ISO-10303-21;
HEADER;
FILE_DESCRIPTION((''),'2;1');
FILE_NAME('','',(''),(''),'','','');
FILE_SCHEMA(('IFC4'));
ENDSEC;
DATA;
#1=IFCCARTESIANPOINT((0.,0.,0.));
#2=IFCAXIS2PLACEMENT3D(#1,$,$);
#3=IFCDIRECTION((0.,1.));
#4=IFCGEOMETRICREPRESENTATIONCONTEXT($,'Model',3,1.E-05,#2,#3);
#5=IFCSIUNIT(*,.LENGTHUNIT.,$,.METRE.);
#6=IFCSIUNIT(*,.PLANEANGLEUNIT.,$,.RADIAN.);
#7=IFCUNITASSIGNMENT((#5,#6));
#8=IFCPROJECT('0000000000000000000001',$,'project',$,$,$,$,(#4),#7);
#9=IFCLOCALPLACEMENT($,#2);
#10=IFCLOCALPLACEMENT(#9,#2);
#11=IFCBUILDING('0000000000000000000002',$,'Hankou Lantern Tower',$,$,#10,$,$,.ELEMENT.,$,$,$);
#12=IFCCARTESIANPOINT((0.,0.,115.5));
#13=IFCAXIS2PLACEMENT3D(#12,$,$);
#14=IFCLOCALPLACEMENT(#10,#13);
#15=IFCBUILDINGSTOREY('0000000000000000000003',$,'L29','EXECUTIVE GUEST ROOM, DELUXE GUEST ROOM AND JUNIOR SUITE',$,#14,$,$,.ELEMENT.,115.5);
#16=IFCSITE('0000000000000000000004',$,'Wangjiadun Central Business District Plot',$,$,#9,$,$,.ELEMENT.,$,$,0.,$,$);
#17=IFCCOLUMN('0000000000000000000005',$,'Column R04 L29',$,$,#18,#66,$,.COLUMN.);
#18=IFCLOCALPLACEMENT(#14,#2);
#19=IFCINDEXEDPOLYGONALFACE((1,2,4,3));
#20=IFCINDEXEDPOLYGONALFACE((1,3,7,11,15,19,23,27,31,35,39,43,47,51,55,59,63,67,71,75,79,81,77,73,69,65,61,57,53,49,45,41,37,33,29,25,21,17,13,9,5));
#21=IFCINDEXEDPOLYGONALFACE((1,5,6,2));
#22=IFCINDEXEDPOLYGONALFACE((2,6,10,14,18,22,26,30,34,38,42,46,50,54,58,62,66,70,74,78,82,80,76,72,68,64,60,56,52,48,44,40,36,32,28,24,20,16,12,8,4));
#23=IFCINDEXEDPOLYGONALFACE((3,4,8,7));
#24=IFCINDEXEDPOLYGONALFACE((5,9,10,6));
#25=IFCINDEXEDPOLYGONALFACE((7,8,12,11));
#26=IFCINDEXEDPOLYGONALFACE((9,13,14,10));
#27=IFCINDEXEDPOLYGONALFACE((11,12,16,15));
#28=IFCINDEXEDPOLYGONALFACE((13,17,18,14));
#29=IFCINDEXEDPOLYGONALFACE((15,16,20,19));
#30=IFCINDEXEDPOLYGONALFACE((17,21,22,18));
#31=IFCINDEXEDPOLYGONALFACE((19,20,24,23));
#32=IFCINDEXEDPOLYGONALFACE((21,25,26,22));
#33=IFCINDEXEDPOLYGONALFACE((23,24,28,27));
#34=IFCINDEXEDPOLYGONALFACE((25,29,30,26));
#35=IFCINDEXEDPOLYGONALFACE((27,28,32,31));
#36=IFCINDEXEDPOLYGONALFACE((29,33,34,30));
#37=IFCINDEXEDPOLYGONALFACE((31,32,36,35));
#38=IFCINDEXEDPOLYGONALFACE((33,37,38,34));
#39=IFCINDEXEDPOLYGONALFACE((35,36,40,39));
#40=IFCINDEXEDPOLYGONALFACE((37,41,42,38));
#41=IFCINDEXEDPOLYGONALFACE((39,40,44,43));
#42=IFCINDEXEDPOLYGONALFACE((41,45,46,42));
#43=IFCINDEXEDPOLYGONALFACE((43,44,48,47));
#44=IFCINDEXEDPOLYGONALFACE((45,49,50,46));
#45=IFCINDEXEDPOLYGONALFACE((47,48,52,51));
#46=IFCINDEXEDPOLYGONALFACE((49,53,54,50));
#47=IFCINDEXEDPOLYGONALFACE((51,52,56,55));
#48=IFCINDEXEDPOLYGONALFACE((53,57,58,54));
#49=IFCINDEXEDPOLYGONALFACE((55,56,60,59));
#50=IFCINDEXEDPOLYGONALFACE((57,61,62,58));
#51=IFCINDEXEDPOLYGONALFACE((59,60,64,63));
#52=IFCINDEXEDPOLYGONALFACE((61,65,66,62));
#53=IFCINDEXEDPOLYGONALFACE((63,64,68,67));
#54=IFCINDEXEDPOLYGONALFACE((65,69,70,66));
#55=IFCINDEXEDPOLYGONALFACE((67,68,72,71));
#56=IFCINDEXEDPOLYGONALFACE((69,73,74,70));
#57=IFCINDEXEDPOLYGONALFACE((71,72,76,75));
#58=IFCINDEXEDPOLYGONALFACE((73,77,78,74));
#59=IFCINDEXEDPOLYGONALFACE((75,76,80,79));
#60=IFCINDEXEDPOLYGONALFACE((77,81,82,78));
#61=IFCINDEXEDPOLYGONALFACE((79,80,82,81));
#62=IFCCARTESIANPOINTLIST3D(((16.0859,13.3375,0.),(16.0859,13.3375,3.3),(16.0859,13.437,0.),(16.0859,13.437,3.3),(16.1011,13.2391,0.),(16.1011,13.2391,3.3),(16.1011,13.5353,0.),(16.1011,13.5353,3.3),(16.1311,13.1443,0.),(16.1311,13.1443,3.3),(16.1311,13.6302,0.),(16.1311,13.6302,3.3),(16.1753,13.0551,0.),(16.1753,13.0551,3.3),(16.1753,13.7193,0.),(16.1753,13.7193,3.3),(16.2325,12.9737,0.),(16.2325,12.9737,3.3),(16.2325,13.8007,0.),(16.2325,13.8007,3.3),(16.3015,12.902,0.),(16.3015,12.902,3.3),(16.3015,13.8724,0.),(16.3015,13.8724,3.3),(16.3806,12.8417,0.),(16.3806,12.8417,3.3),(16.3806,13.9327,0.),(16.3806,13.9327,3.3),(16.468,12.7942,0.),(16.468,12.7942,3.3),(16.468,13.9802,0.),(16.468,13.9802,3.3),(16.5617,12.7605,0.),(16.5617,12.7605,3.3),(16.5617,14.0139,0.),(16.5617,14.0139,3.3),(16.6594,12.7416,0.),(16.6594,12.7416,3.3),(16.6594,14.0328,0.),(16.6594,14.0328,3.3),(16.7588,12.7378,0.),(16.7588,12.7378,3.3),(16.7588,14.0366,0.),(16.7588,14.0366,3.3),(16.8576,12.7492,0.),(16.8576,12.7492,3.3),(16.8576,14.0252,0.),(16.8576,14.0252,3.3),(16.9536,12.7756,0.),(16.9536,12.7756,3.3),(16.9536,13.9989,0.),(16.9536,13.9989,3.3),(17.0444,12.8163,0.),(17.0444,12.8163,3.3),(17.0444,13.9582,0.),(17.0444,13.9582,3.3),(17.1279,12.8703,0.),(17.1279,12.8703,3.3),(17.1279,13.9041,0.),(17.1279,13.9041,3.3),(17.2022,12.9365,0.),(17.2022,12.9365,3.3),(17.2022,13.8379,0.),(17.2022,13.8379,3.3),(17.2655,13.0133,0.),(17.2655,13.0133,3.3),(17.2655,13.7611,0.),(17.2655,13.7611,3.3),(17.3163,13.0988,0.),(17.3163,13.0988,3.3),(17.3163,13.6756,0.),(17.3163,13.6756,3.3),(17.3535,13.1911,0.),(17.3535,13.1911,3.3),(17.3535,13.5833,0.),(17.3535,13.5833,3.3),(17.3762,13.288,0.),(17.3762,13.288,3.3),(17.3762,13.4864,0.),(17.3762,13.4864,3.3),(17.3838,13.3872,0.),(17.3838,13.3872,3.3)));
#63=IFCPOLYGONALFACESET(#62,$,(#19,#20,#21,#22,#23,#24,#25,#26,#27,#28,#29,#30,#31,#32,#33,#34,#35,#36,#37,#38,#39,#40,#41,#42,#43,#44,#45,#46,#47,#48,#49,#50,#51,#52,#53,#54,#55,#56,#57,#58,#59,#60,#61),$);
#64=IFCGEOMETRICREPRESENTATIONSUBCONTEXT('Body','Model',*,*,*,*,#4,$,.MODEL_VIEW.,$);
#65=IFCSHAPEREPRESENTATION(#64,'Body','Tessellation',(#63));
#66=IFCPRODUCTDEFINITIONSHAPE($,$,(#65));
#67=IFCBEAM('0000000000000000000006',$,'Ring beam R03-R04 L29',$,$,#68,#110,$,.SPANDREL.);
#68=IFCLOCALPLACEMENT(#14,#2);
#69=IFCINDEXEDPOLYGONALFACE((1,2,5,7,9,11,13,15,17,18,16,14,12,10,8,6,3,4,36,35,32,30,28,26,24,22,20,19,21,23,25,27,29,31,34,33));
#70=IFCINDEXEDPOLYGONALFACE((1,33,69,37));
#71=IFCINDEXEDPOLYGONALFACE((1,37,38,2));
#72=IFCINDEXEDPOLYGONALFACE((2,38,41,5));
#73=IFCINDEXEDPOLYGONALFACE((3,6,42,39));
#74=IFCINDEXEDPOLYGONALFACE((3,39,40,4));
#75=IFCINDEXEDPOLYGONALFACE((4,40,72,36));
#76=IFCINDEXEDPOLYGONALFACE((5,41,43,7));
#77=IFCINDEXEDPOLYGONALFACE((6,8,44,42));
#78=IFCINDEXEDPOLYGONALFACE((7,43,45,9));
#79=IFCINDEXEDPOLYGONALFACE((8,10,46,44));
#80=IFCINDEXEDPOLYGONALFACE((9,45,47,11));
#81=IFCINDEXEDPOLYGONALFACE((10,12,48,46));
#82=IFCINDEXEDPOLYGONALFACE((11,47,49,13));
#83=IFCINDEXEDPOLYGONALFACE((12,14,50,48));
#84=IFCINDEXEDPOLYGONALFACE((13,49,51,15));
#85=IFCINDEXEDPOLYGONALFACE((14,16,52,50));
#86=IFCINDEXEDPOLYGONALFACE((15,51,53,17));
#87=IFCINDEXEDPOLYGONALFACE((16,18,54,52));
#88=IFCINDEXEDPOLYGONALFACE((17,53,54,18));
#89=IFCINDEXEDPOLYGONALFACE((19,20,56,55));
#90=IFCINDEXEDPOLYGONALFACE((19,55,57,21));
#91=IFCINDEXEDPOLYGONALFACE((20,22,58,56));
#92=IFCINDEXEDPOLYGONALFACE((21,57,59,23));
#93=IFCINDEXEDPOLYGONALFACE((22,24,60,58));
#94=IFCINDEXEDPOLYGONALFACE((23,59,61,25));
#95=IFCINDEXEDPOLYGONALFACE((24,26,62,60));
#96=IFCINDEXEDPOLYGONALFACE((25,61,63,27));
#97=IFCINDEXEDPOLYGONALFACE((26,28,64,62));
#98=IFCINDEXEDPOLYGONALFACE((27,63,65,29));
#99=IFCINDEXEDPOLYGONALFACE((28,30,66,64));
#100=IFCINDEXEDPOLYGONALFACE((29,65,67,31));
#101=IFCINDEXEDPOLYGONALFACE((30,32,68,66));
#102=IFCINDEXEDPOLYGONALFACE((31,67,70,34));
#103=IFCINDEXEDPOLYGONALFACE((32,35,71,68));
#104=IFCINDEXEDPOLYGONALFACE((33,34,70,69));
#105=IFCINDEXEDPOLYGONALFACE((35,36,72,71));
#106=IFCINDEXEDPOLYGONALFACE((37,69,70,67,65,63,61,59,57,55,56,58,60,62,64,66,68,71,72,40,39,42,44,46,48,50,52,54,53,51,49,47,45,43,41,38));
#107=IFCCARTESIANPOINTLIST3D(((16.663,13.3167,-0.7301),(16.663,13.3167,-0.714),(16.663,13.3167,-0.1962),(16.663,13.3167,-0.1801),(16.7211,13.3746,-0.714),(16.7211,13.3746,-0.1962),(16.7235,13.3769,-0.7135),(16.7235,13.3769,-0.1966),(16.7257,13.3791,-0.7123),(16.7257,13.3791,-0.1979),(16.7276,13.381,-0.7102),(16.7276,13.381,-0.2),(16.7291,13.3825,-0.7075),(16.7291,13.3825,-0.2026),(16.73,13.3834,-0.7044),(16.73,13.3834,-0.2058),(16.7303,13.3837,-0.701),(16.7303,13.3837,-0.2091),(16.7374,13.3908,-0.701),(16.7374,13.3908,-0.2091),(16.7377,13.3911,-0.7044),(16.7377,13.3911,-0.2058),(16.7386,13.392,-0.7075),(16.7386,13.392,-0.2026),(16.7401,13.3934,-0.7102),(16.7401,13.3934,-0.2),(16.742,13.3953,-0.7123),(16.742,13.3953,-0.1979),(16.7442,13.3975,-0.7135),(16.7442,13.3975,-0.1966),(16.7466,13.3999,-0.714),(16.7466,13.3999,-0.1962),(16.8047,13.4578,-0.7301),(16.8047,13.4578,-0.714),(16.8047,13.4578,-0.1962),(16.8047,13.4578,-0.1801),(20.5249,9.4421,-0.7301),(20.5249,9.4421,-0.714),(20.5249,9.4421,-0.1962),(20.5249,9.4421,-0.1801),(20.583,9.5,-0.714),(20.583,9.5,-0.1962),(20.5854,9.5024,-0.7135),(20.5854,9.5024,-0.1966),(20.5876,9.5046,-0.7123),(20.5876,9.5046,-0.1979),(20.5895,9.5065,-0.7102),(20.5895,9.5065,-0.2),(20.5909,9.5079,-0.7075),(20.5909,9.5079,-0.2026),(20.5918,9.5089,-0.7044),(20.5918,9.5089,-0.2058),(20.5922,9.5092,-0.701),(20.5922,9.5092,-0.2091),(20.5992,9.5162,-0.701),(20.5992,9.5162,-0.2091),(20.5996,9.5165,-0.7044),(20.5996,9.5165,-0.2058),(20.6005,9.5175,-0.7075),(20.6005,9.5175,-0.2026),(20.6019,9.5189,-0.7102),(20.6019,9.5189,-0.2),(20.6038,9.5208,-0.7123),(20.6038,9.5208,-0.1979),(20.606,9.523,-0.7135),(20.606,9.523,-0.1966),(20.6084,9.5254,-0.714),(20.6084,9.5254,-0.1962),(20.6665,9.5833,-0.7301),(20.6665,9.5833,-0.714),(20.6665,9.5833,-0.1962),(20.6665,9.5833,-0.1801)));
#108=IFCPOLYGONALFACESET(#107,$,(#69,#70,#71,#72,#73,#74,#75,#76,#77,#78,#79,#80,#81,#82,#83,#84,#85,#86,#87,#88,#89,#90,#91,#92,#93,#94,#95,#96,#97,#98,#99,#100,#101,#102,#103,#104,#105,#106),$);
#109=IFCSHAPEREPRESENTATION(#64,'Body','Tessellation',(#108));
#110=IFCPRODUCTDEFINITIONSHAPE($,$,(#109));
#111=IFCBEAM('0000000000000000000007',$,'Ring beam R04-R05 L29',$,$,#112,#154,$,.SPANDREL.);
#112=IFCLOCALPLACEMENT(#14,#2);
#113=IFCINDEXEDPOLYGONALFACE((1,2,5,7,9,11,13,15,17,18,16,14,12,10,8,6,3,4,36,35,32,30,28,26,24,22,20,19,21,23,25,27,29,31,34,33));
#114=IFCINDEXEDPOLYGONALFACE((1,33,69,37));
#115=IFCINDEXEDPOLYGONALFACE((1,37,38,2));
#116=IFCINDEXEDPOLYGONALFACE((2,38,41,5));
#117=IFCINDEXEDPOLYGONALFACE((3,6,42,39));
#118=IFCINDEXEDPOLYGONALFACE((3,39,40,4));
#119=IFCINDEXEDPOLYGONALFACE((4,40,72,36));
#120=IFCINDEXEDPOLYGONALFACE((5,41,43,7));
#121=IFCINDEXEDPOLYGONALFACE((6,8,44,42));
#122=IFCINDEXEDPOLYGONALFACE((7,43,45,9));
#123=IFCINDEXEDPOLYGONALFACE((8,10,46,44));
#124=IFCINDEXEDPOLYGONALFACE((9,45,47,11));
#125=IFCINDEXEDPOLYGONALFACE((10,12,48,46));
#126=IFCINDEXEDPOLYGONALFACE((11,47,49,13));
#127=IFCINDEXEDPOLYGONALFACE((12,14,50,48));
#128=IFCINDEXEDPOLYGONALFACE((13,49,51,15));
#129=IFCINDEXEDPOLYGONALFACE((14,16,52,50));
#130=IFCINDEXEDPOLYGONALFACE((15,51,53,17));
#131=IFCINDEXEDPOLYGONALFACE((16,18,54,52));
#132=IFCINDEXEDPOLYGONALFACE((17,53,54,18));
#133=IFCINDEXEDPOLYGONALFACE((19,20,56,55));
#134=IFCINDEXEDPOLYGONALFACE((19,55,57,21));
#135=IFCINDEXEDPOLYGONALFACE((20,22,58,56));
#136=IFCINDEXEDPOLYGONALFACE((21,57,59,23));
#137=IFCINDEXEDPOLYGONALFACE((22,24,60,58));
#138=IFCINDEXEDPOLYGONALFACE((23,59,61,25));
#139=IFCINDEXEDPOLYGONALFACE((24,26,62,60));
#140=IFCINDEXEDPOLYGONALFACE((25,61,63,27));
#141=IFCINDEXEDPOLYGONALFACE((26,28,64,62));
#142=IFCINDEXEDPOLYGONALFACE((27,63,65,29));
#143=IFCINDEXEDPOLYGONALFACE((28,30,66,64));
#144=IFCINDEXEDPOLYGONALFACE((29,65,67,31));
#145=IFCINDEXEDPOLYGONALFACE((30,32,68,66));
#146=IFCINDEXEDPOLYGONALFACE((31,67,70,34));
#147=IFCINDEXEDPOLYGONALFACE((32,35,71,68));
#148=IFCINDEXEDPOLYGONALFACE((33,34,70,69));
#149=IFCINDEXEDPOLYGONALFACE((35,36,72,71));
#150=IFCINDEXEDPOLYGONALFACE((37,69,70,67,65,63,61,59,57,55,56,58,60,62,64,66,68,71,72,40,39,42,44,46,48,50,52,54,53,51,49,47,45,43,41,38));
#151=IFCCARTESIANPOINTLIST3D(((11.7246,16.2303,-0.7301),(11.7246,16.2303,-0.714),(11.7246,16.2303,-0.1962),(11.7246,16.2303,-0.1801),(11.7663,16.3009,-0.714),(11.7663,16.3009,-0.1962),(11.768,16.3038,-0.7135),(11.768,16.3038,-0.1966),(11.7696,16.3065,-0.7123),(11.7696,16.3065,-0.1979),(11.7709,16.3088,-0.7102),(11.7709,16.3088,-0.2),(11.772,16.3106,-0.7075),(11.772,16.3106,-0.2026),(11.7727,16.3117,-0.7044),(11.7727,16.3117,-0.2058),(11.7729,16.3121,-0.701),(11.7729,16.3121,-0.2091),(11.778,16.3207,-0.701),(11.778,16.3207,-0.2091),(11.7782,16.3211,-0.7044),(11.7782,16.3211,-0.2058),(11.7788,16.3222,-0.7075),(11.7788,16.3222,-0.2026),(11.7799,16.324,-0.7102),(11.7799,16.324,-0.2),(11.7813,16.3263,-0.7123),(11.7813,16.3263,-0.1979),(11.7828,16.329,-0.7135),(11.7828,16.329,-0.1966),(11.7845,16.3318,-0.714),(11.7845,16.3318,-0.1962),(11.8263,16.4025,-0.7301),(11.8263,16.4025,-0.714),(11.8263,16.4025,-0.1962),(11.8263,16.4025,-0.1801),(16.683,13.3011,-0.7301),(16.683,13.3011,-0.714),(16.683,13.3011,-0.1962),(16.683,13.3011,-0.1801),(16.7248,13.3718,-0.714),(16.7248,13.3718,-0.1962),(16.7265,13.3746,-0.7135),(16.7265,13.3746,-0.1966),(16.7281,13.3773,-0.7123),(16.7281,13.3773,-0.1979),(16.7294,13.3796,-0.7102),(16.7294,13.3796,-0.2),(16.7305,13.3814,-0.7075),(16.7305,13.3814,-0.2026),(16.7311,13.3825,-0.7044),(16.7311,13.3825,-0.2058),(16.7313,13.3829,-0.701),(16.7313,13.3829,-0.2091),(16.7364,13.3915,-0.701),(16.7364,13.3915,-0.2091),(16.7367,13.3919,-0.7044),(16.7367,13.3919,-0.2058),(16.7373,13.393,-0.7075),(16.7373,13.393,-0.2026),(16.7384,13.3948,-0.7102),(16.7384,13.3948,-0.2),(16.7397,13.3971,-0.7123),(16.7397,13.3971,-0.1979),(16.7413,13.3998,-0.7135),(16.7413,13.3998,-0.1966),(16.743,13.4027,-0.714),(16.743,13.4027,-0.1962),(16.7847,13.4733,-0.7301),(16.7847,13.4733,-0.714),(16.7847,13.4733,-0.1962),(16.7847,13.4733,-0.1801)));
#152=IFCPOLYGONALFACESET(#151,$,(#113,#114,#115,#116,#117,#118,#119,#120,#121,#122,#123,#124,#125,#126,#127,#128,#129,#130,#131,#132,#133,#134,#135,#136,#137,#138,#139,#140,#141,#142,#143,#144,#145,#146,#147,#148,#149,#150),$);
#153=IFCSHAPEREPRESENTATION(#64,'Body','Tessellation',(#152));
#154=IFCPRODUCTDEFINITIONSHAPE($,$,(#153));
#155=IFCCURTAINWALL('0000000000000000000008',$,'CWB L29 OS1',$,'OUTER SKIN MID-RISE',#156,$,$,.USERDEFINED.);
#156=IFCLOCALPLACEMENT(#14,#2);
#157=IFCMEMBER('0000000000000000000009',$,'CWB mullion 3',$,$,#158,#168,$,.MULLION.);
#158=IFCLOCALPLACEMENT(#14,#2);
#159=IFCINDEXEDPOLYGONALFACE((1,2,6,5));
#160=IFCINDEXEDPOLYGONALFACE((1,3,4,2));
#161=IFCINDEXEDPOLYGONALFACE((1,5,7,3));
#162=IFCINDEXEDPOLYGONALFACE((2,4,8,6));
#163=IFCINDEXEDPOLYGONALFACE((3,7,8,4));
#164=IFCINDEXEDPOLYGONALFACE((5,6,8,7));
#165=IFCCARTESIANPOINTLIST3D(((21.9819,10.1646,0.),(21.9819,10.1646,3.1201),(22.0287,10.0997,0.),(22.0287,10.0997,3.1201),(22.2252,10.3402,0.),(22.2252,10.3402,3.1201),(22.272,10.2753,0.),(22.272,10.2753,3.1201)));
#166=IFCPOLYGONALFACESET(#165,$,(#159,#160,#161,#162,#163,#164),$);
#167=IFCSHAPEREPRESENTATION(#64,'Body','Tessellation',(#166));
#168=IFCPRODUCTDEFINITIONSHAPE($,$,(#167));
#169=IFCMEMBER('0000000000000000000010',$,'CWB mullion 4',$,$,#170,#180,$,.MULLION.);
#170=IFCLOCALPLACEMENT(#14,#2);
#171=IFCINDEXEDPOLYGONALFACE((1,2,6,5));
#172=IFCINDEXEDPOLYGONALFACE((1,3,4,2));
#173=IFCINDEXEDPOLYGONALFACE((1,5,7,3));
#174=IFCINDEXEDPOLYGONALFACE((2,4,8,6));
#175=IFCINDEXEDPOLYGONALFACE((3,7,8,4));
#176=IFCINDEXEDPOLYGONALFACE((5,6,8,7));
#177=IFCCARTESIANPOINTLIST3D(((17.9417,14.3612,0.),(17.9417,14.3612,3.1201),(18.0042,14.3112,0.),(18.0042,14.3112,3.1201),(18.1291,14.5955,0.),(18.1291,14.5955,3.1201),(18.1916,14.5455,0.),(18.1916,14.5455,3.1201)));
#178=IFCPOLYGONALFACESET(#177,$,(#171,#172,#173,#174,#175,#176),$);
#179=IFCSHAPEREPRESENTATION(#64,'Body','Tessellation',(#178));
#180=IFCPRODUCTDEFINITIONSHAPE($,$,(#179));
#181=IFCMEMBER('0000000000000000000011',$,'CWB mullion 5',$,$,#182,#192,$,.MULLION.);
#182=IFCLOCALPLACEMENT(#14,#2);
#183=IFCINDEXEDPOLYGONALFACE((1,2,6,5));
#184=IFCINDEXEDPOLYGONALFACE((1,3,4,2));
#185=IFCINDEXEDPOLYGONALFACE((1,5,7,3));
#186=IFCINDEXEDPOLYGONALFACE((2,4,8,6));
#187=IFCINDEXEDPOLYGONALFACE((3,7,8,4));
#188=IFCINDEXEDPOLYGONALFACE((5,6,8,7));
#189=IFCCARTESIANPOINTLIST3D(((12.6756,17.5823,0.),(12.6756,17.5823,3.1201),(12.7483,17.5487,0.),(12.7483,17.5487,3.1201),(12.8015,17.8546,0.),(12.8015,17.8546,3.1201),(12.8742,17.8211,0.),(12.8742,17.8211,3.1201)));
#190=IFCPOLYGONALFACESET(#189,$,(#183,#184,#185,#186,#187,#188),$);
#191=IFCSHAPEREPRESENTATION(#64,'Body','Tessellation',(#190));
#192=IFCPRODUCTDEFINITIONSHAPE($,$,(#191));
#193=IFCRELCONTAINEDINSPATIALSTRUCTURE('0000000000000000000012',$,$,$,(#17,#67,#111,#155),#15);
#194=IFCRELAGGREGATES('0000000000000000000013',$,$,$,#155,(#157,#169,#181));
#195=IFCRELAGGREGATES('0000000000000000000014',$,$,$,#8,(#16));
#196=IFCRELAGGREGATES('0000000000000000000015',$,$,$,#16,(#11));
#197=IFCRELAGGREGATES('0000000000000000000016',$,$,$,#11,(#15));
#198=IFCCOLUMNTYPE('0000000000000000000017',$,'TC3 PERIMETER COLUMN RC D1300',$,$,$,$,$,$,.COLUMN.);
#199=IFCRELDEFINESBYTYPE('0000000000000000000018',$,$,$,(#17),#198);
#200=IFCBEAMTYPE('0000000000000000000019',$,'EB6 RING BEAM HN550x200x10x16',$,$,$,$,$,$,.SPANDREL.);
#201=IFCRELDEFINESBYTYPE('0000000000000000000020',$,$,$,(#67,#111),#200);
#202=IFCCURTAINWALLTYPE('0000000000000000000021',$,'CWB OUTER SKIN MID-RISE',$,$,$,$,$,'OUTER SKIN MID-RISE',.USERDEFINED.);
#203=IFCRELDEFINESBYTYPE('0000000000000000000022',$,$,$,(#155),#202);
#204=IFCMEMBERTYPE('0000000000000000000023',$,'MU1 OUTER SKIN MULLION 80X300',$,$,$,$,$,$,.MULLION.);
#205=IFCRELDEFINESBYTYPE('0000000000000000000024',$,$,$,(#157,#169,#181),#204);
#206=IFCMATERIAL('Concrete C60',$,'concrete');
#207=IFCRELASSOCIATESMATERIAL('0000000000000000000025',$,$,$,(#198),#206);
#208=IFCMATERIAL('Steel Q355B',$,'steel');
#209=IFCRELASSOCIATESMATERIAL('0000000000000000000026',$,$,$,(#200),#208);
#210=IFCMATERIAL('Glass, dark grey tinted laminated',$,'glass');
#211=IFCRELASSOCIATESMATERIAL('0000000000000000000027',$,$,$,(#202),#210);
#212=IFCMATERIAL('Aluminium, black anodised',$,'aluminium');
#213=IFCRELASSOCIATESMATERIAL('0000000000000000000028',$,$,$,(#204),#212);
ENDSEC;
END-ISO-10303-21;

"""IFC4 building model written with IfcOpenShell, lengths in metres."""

from ifc_helpers import new_model, si_unit, direction, frame, origin, origin_2d, place, context, subcontext, project, spatial, rectangle, circle, i_section, extrude, material, material_profile, profile_set, type_object, element, aggregate, save


model = new_model("IFC4")

# Units and contexts
model_context = context("Model", 3, precision=1e-05, world=origin(), true_north=direction((0.0, 1.0)))
body_context = subcontext(model_context, "Body", "Model", "MODEL_VIEW")
ifc_project = project(units=[si_unit("LENGTHUNIT", "METRE"), si_unit("PLANEANGLEUNIT", "RADIAN")], contexts=[model_context])

# Site, building, storey
site_placement = place(None, origin())
site = spatial("IfcSite", under=ifc_project, at=site_placement, Name="Wangjiadun Central Business District Plot", CompositionType="ELEMENT", RefElevation=0.0)
building_placement = place(site_placement, origin())
building = spatial("IfcBuilding", under=site, at=building_placement, Name="Hankou Lantern Tower", CompositionType="ELEMENT")
storey_placement = place(building_placement, frame((0.0, 0.0, 115.5)))
storey = spatial("IfcBuildingStorey", under=building, at=storey_placement, Name="L29", Description="EXECUTIVE GUEST ROOM, DELUXE GUEST ROOM AND JUNIOR SUITE", CompositionType="ELEMENT", Elevation=115.5)

# Column
ifc_material_1 = material(Name="Concrete C60", Category="concrete")
ifc_material_profile_1 = material_profile(ifc_material_1, circle(Radius=0.6499, at=origin_2d()), Name="RC D1300")
ifc_profile_set_1 = profile_set([ifc_material_profile_1], Name="Concrete C60")
column_type = type_object("IfcColumnType", Name="TC3 PERIMETER COLUMN RC D1300", PredefinedType="COLUMN", material=ifc_profile_set_1)
column_placement = place(storey_placement, frame((16.7339, 13.3872, 0.0), z_axis=(0.0, 0.0, 1.0), x_axis=(1.0, 0.0, 0.0)))
element("IfcColumn", 1, at=column_placement, inside=storey, type_object=column_type, Name="Column R04 L29", PredefinedType="COLUMN", context=body_context, shape_type="SweptSolid", body=[
    extrude(circle(Radius=0.6499, at=origin_2d()), origin(), (0.0, 0.0, 1.0), 3.3),
])

# Beams
ifc_material_2 = material(Name="Steel Q355B", Category="steel")
ifc_material_profile_2 = material_profile(ifc_material_2, i_section(OverallWidth=0.2, OverallDepth=0.55, WebThickness=0.01, FlangeThickness=0.0161, FilletRadius=0.0129, at=origin_2d()), Name="HN550x200x10x16")
ifc_profile_set_2 = profile_set([ifc_material_profile_2], Name="Steel Q355B")
beam_type_1 = type_object("IfcBeamType", Name="EB6 RING BEAM HN550x200x10x16", PredefinedType="SPANDREL", material=ifc_profile_set_2)
beam_1_placement = place(storey_placement, frame((20.5957, 9.5127, -0.4551), z_axis=(-0.705945, 0.708266, 0.0), x_axis=(-0.708266, -0.705945, 0.0)))
element("IfcBeam", 2, at=beam_1_placement, inside=storey, type_object=beam_type_1, Name="Ring beam R03-R04 L29", PredefinedType="SPANDREL", context=body_context, shape_type="SweptSolid", body=[
    extrude(i_section(OverallWidth=0.2, OverallDepth=0.55, WebThickness=0.01, FlangeThickness=0.0161, FilletRadius=0.0129, at=origin_2d()), origin(), (0.0, 0.0, 1.0), 5.4705),
])
beam_2_placement = place(storey_placement, frame((16.7339, 13.3872, -0.4551), z_axis=(-0.860989, 0.508624, 0.0), x_axis=(-0.508624, -0.860989, 0.0)))
element("IfcBeam", 3, at=beam_2_placement, inside=storey, type_object=beam_type_1, Name="Ring beam R04-R05 L29", PredefinedType="SPANDREL", context=body_context, shape_type="SweptSolid", body=[
    extrude(i_section(OverallWidth=0.2, OverallDepth=0.55, WebThickness=0.01, FlangeThickness=0.0161, FilletRadius=0.0129, at=origin_2d()), origin(), (0.0, 0.0, 1.0), 5.759),
])

# Curtain wall, members
ifc_material_3 = material(Name="Glass, dark grey tinted laminated", Category="glass")
curtain_wall_type = type_object("IfcCurtainWallType", Name="CWB OUTER SKIN MID-RISE", ElementType="OUTER SKIN MID-RISE", PredefinedType="USERDEFINED", material=ifc_material_3)
curtain_wall_placement = place(storey_placement, origin())
curtain_wall = element("IfcCurtainWall", 4, at=curtain_wall_placement, inside=storey, type_object=curtain_wall_type, Name="CWB L29 OS1", ObjectType="OUTER SKIN MID-RISE", PredefinedType="USERDEFINED")
ifc_material_4 = material(Name="Aluminium, black anodised", Category="aluminium")
ifc_material_profile_3 = material_profile(ifc_material_4, rectangle(XDim=0.0801, YDim=0.3, at=origin_2d()), Name="MU1 80X300")
ifc_profile_set_3 = profile_set([ifc_material_profile_3], Name="Aluminium, black anodised")
member_type_1 = type_object("IfcMemberType", Name="MU1 OUTER SKIN MULLION 80X300", PredefinedType="MULLION", material=ifc_profile_set_3)
member_1_placement = place(storey_placement, frame((22.127, 10.22, 0.0), z_axis=(0.0, 0.0, 1.0), x_axis=(-0.585206, 0.810885, 0.0)))
member_1 = element("IfcMember", 5, at=member_1_placement, type_object=member_type_1, Name="CWB mullion 3", PredefinedType="MULLION", context=body_context, shape_type="SweptSolid", body=[
    extrude(rectangle(XDim=0.0801, YDim=0.3, at=origin_2d()), origin(), (0.0, 0.0, 1.0), 3.1201),
])
member_2_placement = place(storey_placement, frame((18.0667, 14.4534, 0.0), z_axis=(0.0, 0.0, 1.0), x_axis=(-0.780869, 0.624695, 0.0)))
member_2 = element("IfcMember", 6, at=member_2_placement, type_object=member_type_1, Name="CWB mullion 4", PredefinedType="MULLION", context=body_context, shape_type="SweptSolid", body=[
    extrude(rectangle(XDim=0.0801, YDim=0.3, at=origin_2d()), origin(), (0.0, 0.0, 1.0), 3.1201),
])
member_3_placement = place(storey_placement, frame((12.7749, 17.7017, 0.0), z_axis=(0.0, 0.0, 1.0), x_axis=(-0.907841, 0.419314, 0.0)))
member_3 = element("IfcMember", 7, at=member_3_placement, type_object=member_type_1, Name="CWB mullion 5", PredefinedType="MULLION", context=body_context, shape_type="SweptSolid", body=[
    extrude(rectangle(XDim=0.0801, YDim=0.3, at=origin_2d()), origin(), (0.0, 0.0, 1.0), 3.1201),
])

aggregate(curtain_wall, [member_1, member_2, member_3])

save(model, "model.ifc")
